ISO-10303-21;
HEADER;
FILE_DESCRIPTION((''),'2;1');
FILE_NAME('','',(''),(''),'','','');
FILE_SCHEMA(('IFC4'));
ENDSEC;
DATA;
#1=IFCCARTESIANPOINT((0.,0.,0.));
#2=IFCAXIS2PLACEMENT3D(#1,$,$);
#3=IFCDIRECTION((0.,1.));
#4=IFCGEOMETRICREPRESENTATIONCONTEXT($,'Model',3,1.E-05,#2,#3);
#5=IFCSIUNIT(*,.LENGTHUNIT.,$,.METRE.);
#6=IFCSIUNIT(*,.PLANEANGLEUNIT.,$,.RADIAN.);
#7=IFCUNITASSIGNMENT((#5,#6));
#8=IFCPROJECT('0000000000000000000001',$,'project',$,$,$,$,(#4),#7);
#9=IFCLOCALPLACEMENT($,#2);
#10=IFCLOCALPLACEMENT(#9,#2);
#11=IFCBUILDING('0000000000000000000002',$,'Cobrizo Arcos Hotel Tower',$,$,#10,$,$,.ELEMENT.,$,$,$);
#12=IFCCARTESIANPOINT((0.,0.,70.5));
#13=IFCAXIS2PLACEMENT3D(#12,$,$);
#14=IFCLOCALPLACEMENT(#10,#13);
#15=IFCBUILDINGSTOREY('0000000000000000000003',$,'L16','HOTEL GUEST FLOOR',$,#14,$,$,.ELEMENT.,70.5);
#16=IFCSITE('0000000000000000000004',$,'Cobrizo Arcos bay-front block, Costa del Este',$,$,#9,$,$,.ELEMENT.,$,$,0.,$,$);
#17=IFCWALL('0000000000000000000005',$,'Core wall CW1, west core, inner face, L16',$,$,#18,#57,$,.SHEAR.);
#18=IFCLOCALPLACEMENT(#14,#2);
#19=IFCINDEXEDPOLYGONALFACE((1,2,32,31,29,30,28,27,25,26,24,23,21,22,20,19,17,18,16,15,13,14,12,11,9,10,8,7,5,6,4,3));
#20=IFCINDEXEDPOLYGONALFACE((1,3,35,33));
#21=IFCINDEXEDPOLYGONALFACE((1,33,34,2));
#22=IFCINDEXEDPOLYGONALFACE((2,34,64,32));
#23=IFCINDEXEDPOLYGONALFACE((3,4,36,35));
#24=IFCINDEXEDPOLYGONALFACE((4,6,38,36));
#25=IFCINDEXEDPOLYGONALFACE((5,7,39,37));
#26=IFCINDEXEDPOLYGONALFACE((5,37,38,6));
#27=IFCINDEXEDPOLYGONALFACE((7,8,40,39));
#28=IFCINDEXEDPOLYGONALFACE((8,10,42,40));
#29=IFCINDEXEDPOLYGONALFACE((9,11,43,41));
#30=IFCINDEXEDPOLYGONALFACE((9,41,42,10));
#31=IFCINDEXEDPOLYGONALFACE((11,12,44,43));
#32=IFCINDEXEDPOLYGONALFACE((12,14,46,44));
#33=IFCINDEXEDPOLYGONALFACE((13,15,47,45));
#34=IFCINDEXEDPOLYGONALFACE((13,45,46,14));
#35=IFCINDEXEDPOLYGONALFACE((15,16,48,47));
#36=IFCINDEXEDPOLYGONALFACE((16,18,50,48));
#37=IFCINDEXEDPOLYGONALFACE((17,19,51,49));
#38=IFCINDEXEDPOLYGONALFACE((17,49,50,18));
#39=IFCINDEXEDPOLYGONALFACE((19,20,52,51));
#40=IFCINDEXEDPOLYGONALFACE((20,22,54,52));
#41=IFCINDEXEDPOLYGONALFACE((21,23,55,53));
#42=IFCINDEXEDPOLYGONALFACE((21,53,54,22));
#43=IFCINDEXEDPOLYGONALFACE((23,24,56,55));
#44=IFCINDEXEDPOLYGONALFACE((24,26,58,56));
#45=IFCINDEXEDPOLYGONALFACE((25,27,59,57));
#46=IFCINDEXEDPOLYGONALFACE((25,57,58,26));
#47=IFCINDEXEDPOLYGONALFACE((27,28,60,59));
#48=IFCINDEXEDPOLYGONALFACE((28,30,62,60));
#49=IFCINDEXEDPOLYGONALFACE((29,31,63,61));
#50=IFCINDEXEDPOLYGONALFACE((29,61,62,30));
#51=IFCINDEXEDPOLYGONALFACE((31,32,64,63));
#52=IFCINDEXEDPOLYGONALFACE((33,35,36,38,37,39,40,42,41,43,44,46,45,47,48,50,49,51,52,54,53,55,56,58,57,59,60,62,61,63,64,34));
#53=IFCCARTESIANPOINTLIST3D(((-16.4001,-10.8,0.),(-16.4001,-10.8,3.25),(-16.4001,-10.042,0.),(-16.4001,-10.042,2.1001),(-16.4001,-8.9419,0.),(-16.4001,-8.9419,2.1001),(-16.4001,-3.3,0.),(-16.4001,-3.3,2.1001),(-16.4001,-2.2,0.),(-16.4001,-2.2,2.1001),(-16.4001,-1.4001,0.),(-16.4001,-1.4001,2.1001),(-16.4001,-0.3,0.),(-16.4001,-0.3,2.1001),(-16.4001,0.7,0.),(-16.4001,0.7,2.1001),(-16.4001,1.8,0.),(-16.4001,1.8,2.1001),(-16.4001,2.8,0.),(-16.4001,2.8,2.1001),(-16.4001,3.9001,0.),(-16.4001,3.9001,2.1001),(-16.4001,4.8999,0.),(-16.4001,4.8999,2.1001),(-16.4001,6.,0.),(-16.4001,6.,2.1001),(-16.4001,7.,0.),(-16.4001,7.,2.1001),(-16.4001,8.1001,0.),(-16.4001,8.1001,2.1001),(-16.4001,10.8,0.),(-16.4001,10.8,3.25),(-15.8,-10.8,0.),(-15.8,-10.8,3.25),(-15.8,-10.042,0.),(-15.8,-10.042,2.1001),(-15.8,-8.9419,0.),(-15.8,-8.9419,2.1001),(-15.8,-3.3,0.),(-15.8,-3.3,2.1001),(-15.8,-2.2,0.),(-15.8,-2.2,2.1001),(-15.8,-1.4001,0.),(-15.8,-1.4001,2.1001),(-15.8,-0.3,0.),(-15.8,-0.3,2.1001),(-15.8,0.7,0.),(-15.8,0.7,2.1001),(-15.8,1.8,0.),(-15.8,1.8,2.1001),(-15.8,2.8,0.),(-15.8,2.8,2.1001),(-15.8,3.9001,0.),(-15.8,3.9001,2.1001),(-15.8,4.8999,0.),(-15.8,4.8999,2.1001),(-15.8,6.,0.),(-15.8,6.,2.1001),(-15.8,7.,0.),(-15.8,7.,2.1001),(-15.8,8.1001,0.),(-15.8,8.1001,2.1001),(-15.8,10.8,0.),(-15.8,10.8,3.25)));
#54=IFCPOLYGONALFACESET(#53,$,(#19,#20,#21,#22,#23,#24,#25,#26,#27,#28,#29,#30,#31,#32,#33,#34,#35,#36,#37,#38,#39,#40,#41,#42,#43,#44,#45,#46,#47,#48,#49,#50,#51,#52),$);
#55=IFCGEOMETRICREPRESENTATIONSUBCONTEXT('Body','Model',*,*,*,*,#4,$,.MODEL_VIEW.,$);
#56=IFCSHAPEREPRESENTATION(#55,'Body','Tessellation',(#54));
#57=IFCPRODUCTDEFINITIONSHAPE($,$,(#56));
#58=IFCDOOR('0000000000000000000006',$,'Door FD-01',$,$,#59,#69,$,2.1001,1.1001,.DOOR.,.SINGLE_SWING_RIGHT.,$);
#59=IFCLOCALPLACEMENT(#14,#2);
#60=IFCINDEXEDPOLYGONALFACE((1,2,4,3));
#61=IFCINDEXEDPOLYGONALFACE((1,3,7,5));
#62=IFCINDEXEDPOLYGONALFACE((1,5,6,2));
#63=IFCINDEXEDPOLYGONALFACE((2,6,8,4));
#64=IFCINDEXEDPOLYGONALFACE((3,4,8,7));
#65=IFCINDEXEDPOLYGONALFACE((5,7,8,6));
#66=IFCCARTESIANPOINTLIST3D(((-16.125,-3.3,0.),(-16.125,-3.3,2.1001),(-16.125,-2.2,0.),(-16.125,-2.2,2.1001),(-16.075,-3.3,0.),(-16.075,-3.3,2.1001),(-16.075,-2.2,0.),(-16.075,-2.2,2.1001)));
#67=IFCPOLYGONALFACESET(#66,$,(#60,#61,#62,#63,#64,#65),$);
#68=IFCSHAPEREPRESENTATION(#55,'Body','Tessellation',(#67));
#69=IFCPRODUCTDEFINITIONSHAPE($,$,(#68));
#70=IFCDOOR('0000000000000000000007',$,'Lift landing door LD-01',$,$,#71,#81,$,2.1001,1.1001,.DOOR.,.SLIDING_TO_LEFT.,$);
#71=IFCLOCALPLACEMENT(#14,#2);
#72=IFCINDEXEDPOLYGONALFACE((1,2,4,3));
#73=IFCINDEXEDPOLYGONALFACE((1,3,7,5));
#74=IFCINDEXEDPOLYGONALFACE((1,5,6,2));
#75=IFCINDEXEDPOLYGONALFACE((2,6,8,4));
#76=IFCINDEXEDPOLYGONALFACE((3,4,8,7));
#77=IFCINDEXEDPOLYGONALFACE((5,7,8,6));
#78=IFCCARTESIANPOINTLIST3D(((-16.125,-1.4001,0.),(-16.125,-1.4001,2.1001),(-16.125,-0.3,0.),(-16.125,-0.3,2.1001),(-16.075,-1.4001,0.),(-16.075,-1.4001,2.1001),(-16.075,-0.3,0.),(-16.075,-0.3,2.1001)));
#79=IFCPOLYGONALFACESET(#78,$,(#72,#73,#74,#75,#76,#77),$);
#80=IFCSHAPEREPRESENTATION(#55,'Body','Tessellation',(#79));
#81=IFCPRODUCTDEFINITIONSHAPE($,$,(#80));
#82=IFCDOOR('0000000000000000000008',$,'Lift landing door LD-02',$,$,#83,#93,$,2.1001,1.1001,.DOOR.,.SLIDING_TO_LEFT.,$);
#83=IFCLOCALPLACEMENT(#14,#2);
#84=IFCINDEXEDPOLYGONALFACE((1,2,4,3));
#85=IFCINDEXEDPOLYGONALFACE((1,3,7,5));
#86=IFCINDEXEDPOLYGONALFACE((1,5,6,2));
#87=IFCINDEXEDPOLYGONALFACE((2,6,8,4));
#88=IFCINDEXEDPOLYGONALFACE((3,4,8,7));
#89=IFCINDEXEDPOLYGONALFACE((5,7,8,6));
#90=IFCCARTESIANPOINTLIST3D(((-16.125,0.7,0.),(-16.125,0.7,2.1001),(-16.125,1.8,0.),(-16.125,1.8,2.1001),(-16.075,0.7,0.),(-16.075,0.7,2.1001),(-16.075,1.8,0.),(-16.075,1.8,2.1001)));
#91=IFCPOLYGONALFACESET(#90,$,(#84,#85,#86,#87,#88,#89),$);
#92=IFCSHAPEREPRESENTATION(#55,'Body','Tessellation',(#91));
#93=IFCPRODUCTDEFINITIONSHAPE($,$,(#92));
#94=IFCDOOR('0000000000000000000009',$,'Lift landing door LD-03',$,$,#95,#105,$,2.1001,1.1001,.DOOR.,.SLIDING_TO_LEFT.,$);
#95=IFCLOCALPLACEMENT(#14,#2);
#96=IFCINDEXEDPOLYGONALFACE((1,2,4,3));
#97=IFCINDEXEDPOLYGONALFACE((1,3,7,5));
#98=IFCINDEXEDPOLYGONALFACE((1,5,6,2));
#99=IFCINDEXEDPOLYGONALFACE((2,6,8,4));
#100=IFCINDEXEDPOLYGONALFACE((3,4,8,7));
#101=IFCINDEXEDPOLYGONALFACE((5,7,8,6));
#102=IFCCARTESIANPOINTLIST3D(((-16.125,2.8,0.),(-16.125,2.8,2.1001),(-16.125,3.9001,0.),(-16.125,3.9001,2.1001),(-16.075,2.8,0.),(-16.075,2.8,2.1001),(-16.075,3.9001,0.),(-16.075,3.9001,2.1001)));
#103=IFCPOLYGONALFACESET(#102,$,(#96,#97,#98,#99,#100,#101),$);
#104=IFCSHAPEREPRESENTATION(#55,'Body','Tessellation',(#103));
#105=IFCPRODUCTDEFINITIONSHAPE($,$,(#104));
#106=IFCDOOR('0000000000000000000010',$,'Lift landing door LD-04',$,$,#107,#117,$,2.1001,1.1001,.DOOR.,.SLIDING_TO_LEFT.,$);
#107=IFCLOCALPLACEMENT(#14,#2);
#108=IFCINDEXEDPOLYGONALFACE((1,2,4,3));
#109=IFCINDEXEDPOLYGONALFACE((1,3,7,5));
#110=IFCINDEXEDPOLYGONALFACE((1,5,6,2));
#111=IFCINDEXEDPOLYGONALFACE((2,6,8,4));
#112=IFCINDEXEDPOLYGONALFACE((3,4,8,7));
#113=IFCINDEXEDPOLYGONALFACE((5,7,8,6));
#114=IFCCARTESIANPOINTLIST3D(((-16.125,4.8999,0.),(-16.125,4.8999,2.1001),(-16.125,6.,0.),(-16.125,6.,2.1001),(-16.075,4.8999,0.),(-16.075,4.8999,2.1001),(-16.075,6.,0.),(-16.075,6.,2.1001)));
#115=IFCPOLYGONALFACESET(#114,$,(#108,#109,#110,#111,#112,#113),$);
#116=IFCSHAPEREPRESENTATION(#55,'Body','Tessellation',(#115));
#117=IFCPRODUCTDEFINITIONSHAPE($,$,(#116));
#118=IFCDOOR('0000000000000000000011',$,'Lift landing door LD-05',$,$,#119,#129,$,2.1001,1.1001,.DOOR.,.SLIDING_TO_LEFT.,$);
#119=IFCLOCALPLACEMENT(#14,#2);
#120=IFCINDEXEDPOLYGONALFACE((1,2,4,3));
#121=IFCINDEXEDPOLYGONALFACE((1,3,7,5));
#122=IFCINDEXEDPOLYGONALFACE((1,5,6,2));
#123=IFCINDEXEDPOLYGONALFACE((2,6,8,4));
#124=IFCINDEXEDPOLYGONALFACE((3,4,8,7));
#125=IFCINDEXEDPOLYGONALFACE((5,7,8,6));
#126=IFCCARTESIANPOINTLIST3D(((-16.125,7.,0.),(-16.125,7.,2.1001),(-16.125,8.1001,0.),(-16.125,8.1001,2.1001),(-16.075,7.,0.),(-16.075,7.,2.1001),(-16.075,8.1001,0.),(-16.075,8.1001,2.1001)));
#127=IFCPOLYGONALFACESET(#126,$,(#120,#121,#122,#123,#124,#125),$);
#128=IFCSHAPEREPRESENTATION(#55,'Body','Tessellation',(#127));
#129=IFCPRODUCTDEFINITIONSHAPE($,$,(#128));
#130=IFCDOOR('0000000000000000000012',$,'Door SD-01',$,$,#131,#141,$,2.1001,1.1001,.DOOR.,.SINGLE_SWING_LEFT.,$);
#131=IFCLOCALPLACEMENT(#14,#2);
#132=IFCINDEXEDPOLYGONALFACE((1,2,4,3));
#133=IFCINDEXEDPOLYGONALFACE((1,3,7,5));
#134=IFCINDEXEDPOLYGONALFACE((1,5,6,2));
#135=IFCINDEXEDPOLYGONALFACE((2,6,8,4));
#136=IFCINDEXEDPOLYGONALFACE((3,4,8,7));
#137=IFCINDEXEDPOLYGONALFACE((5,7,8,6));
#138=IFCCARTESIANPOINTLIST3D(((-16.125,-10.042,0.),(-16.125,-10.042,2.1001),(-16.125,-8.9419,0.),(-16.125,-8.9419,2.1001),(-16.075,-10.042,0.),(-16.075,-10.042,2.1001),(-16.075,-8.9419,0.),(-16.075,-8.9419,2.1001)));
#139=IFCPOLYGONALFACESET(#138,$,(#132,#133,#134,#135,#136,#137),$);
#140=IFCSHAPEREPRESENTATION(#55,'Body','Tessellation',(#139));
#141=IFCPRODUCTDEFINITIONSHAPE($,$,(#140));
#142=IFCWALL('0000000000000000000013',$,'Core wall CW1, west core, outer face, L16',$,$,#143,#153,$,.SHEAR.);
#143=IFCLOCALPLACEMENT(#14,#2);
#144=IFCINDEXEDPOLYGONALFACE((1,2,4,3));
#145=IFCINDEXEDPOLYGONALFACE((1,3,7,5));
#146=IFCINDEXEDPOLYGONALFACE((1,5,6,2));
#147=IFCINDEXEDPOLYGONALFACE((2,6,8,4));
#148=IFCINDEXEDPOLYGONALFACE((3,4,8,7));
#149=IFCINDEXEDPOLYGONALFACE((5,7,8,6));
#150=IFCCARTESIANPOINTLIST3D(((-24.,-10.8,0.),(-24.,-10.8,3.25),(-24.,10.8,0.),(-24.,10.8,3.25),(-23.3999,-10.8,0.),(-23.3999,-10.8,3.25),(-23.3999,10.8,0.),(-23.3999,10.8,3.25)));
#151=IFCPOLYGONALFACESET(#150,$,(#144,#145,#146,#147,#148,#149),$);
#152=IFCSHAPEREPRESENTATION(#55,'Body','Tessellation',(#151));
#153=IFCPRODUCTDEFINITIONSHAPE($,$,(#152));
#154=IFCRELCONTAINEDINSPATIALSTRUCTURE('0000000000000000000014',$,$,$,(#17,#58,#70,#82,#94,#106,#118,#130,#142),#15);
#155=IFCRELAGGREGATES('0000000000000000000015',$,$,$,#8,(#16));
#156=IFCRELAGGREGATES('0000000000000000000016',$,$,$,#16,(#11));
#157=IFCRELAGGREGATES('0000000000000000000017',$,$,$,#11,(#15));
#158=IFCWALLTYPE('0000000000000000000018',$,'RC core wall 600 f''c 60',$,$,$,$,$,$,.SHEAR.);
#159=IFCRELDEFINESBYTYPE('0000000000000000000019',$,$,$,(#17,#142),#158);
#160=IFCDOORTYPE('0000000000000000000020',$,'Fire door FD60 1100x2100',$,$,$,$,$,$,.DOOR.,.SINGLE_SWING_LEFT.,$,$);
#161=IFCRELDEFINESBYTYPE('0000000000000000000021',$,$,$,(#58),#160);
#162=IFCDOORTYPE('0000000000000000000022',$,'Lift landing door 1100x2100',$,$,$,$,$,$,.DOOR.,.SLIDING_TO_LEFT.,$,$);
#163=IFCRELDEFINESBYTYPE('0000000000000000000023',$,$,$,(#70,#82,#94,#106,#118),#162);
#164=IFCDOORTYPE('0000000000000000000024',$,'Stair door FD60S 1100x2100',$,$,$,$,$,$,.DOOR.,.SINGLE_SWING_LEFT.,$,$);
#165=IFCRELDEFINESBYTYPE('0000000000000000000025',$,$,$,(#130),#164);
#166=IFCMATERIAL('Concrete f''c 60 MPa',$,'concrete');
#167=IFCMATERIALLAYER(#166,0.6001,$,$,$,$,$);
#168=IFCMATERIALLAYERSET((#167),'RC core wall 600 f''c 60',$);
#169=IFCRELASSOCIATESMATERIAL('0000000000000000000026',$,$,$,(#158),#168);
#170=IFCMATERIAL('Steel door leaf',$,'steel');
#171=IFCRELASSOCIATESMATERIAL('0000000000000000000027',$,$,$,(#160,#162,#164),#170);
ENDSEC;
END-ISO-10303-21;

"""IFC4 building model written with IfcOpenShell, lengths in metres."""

from ifc_helpers import new_model, si_unit, direction, frame, frame_2d, origin, place, context, subcontext, project, spatial, rectangle, extrude, material, layer, layer_set, type_object, element, fill, save


model = new_model("IFC4")

# Units and contexts
model_context = context("Model", 3, precision=1e-05, world=origin(), true_north=direction((0.0, 1.0)))
body_context = subcontext(model_context, "Body", "Model", "MODEL_VIEW")
ifc_project = project(units=[si_unit("LENGTHUNIT", "METRE"), si_unit("PLANEANGLEUNIT", "RADIAN")], contexts=[model_context])

# Site, building, storey
site_placement = place(None, origin())
site = spatial("IfcSite", under=ifc_project, at=site_placement, Name="Cobrizo Arcos bay-front block, Costa del Este", CompositionType="ELEMENT", RefElevation=0.0)
building_placement = place(site_placement, origin())
building = spatial("IfcBuilding", under=site, at=building_placement, Name="Cobrizo Arcos Hotel Tower", CompositionType="ELEMENT")
storey_placement = place(building_placement, frame((0.0, 0.0, 70.5)))
storey = spatial("IfcBuildingStorey", under=building, at=storey_placement, Name="L16", Description="HOTEL GUEST FLOOR", CompositionType="ELEMENT", Elevation=70.5)

# Wall, openings, doors
ifc_material_1 = material(Name="Concrete f'c 60 MPa", Category="concrete")
ifc_layer_1 = layer(ifc_material_1, 0.6001)
ifc_layer_set_1 = layer_set([ifc_layer_1], Name="RC core wall 600 f'c 60")
wall_type_1 = type_object("IfcWallType", Name="RC core wall 600 f'c 60", PredefinedType="SHEAR", material=ifc_layer_set_1)
wall_1_placement = place(storey_placement, frame((-16.1001, -10.8, 0.0), z_axis=(0.0, 0.0, 1.0), x_axis=(0.0, 1.0, 0.0)))
wall_1 = element("IfcWall", 1, at=wall_1_placement, inside=storey, type_object=wall_type_1, Name="Core wall CW1, west core, inner face, L16", PredefinedType="SHEAR", context=body_context, shape_type="SweptSolid", body=[
    extrude(rectangle(XDim=21.6001, YDim=0.6001, at=frame_2d((10.8, 0.0))), origin(), (0.0, 0.0, 1.0), 3.25),
])
opening_1_placement = place(wall_1_placement, frame((9.3999, 0.0, 0.0)))
opening_1 = element("IfcOpeningElement", 2, at=opening_1_placement, cuts=wall_1, PredefinedType="OPENING", context=body_context, shape_type="SweptSolid", body=[
    extrude(rectangle(XDim=1.1001, YDim=2.1001, at=frame_2d((0.55, 1.05))), frame((0.0, 0.312, 0.0), z_axis=(0.0, -1.0, 0.0), x_axis=(1.0, 0.0, 0.0)), (0.0, 0.0, 1.0), 0.624),
])
opening_2_placement = place(wall_1_placement, frame((11.5, 0.0, 0.0)))
opening_2 = element("IfcOpeningElement", 3, at=opening_2_placement, cuts=wall_1, PredefinedType="OPENING", context=body_context, shape_type="SweptSolid", body=[
    extrude(rectangle(XDim=1.1001, YDim=2.1001, at=frame_2d((0.55, 1.05))), frame((0.0, 0.312, 0.0), z_axis=(0.0, -1.0, 0.0), x_axis=(1.0, 0.0, 0.0)), (0.0, 0.0, 1.0), 0.624),
])
opening_3_placement = place(wall_1_placement, frame((13.6001, 0.0, 0.0)))
opening_3 = element("IfcOpeningElement", 4, at=opening_3_placement, cuts=wall_1, PredefinedType="OPENING", context=body_context, shape_type="SweptSolid", body=[
    extrude(rectangle(XDim=1.1001, YDim=2.1001, at=frame_2d((0.55, 1.05))), frame((0.0, 0.312, 0.0), z_axis=(0.0, -1.0, 0.0), x_axis=(1.0, 0.0, 0.0)), (0.0, 0.0, 1.0), 0.624),
])
opening_4_placement = place(wall_1_placement, frame((15.7, 0.0, 0.0)))
opening_4 = element("IfcOpeningElement", 5, at=opening_4_placement, cuts=wall_1, PredefinedType="OPENING", context=body_context, shape_type="SweptSolid", body=[
    extrude(rectangle(XDim=1.1001, YDim=2.1001, at=frame_2d((0.55, 1.05))), frame((0.0, 0.312, 0.0), z_axis=(0.0, -1.0, 0.0), x_axis=(1.0, 0.0, 0.0)), (0.0, 0.0, 1.0), 0.624),
])
opening_5_placement = place(wall_1_placement, frame((17.8, 0.0, 0.0)))
opening_5 = element("IfcOpeningElement", 6, at=opening_5_placement, cuts=wall_1, PredefinedType="OPENING", context=body_context, shape_type="SweptSolid", body=[
    extrude(rectangle(XDim=1.1001, YDim=2.1001, at=frame_2d((0.55, 1.05))), frame((0.0, 0.312, 0.0), z_axis=(0.0, -1.0, 0.0), x_axis=(1.0, 0.0, 0.0)), (0.0, 0.0, 1.0), 0.624),
])
opening_6_placement = place(wall_1_placement, frame((0.7581, 0.0, 0.0)))
opening_6 = element("IfcOpeningElement", 7, at=opening_6_placement, cuts=wall_1, PredefinedType="OPENING", context=body_context, shape_type="SweptSolid", body=[
    extrude(rectangle(XDim=1.1001, YDim=2.1001, at=frame_2d((0.55, 1.05))), frame((0.0, 0.312, 0.0), z_axis=(0.0, -1.0, 0.0), x_axis=(1.0, 0.0, 0.0)), (0.0, 0.0, 1.0), 0.624),
])
opening_7_placement = place(wall_1_placement, frame((7.5, 0.0, 0.0)))
opening_7 = element("IfcOpeningElement", 8, at=opening_7_placement, cuts=wall_1, PredefinedType="OPENING", context=body_context, shape_type="SweptSolid", body=[
    extrude(rectangle(XDim=1.1001, YDim=2.1001, at=frame_2d((0.55, 1.05))), frame((0.0, 0.312, 0.0), z_axis=(0.0, -1.0, 0.0), x_axis=(1.0, 0.0, 0.0)), (0.0, 0.0, 1.0), 0.624),
])
ifc_material_2 = material(Name="Steel door leaf", Category="steel")
door_type_1 = type_object("IfcDoorType", Name="Fire door FD60 1100x2100", OperationType="SINGLE_SWING_LEFT", PredefinedType="DOOR", material=ifc_material_2)
door_1_placement = place(opening_7_placement, origin())
door_1 = element("IfcDoor", 9, at=door_1_placement, inside=storey, type_object=door_type_1, Name="Door FD-01", OperationType="SINGLE_SWING_RIGHT", OverallHeight=2.1001, OverallWidth=1.1001, PredefinedType="DOOR", context=body_context, shape_type="SweptSolid", body=[
    extrude(rectangle(XDim=1.1001, YDim=2.1001, at=frame_2d((0.55, 1.05))), frame((0.0, 0.0249, 0.0), z_axis=(0.0, -1.0, 0.0), x_axis=(1.0, 0.0, 0.0)), (0.0, 0.0, 1.0), 0.05),
])
fill(opening_7, door_1)
door_type_2 = type_object("IfcDoorType", Name="Lift landing door 1100x2100", OperationType="SLIDING_TO_LEFT", PredefinedType="DOOR", material=ifc_material_2)
door_2_placement = place(opening_1_placement, origin())
door_2 = element("IfcDoor", 10, at=door_2_placement, inside=storey, type_object=door_type_2, Name="Lift landing door LD-01", OperationType="SLIDING_TO_LEFT", OverallHeight=2.1001, OverallWidth=1.1001, PredefinedType="DOOR", context=body_context, shape_type="SweptSolid", body=[
    extrude(rectangle(XDim=1.1001, YDim=2.1001, at=frame_2d((0.55, 1.05))), frame((0.0, 0.0249, 0.0), z_axis=(0.0, -1.0, 0.0), x_axis=(1.0, 0.0, 0.0)), (0.0, 0.0, 1.0), 0.05),
])
fill(opening_1, door_2)
door_3_placement = place(opening_2_placement, origin())
door_3 = element("IfcDoor", 11, at=door_3_placement, inside=storey, type_object=door_type_2, Name="Lift landing door LD-02", OperationType="SLIDING_TO_LEFT", OverallHeight=2.1001, OverallWidth=1.1001, PredefinedType="DOOR", context=body_context, shape_type="SweptSolid", body=[
    extrude(rectangle(XDim=1.1001, YDim=2.1001, at=frame_2d((0.55, 1.05))), frame((0.0, 0.0249, 0.0), z_axis=(0.0, -1.0, 0.0), x_axis=(1.0, 0.0, 0.0)), (0.0, 0.0, 1.0), 0.05),
])
fill(opening_2, door_3)
door_4_placement = place(opening_3_placement, origin())
door_4 = element("IfcDoor", 12, at=door_4_placement, inside=storey, type_object=door_type_2, Name="Lift landing door LD-03", OperationType="SLIDING_TO_LEFT", OverallHeight=2.1001, OverallWidth=1.1001, PredefinedType="DOOR", context=body_context, shape_type="SweptSolid", body=[
    extrude(rectangle(XDim=1.1001, YDim=2.1001, at=frame_2d((0.55, 1.05))), frame((0.0, 0.0249, 0.0), z_axis=(0.0, -1.0, 0.0), x_axis=(1.0, 0.0, 0.0)), (0.0, 0.0, 1.0), 0.05),
])
fill(opening_3, door_4)
door_5_placement = place(opening_4_placement, origin())
door_5 = element("IfcDoor", 13, at=door_5_placement, inside=storey, type_object=door_type_2, Name="Lift landing door LD-04", OperationType="SLIDING_TO_LEFT", OverallHeight=2.1001, OverallWidth=1.1001, PredefinedType="DOOR", context=body_context, shape_type="SweptSolid", body=[
    extrude(rectangle(XDim=1.1001, YDim=2.1001, at=frame_2d((0.55, 1.05))), frame((0.0, 0.0249, 0.0), z_axis=(0.0, -1.0, 0.0), x_axis=(1.0, 0.0, 0.0)), (0.0, 0.0, 1.0), 0.05),
])
fill(opening_4, door_5)
door_6_placement = place(opening_5_placement, origin())
door_6 = element("IfcDoor", 14, at=door_6_placement, inside=storey, type_object=door_type_2, Name="Lift landing door LD-05", OperationType="SLIDING_TO_LEFT", OverallHeight=2.1001, OverallWidth=1.1001, PredefinedType="DOOR", context=body_context, shape_type="SweptSolid", body=[
    extrude(rectangle(XDim=1.1001, YDim=2.1001, at=frame_2d((0.55, 1.05))), frame((0.0, 0.0249, 0.0), z_axis=(0.0, -1.0, 0.0), x_axis=(1.0, 0.0, 0.0)), (0.0, 0.0, 1.0), 0.05),
])
fill(opening_5, door_6)
door_type_3 = type_object("IfcDoorType", Name="Stair door FD60S 1100x2100", OperationType="SINGLE_SWING_LEFT", PredefinedType="DOOR", material=ifc_material_2)
door_7_placement = place(opening_6_placement, origin())
door_7 = element("IfcDoor", 15, at=door_7_placement, inside=storey, type_object=door_type_3, Name="Door SD-01", OperationType="SINGLE_SWING_LEFT", OverallHeight=2.1001, OverallWidth=1.1001, PredefinedType="DOOR", context=body_context, shape_type="SweptSolid", body=[
    extrude(rectangle(XDim=1.1001, YDim=2.1001, at=frame_2d((0.55, 1.05))), frame((0.0, 0.0249, 0.0), z_axis=(0.0, -1.0, 0.0), x_axis=(1.0, 0.0, 0.0)), (0.0, 0.0, 1.0), 0.05),
])
fill(opening_6, door_7)

# Wall
wall_2_placement = place(storey_placement, frame((-23.7, -10.8, 0.0), z_axis=(0.0, 0.0, 1.0), x_axis=(0.0, 1.0, 0.0)))
element("IfcWall", 16, at=wall_2_placement, inside=storey, type_object=wall_type_1, Name="Core wall CW1, west core, outer face, L16", PredefinedType="SHEAR", context=body_context, shape_type="SweptSolid", body=[
    extrude(rectangle(XDim=21.6001, YDim=0.6001, at=frame_2d((10.8, 0.0))), origin(), (0.0, 0.0, 1.0), 3.25),
])

save(model, "model.ifc")
